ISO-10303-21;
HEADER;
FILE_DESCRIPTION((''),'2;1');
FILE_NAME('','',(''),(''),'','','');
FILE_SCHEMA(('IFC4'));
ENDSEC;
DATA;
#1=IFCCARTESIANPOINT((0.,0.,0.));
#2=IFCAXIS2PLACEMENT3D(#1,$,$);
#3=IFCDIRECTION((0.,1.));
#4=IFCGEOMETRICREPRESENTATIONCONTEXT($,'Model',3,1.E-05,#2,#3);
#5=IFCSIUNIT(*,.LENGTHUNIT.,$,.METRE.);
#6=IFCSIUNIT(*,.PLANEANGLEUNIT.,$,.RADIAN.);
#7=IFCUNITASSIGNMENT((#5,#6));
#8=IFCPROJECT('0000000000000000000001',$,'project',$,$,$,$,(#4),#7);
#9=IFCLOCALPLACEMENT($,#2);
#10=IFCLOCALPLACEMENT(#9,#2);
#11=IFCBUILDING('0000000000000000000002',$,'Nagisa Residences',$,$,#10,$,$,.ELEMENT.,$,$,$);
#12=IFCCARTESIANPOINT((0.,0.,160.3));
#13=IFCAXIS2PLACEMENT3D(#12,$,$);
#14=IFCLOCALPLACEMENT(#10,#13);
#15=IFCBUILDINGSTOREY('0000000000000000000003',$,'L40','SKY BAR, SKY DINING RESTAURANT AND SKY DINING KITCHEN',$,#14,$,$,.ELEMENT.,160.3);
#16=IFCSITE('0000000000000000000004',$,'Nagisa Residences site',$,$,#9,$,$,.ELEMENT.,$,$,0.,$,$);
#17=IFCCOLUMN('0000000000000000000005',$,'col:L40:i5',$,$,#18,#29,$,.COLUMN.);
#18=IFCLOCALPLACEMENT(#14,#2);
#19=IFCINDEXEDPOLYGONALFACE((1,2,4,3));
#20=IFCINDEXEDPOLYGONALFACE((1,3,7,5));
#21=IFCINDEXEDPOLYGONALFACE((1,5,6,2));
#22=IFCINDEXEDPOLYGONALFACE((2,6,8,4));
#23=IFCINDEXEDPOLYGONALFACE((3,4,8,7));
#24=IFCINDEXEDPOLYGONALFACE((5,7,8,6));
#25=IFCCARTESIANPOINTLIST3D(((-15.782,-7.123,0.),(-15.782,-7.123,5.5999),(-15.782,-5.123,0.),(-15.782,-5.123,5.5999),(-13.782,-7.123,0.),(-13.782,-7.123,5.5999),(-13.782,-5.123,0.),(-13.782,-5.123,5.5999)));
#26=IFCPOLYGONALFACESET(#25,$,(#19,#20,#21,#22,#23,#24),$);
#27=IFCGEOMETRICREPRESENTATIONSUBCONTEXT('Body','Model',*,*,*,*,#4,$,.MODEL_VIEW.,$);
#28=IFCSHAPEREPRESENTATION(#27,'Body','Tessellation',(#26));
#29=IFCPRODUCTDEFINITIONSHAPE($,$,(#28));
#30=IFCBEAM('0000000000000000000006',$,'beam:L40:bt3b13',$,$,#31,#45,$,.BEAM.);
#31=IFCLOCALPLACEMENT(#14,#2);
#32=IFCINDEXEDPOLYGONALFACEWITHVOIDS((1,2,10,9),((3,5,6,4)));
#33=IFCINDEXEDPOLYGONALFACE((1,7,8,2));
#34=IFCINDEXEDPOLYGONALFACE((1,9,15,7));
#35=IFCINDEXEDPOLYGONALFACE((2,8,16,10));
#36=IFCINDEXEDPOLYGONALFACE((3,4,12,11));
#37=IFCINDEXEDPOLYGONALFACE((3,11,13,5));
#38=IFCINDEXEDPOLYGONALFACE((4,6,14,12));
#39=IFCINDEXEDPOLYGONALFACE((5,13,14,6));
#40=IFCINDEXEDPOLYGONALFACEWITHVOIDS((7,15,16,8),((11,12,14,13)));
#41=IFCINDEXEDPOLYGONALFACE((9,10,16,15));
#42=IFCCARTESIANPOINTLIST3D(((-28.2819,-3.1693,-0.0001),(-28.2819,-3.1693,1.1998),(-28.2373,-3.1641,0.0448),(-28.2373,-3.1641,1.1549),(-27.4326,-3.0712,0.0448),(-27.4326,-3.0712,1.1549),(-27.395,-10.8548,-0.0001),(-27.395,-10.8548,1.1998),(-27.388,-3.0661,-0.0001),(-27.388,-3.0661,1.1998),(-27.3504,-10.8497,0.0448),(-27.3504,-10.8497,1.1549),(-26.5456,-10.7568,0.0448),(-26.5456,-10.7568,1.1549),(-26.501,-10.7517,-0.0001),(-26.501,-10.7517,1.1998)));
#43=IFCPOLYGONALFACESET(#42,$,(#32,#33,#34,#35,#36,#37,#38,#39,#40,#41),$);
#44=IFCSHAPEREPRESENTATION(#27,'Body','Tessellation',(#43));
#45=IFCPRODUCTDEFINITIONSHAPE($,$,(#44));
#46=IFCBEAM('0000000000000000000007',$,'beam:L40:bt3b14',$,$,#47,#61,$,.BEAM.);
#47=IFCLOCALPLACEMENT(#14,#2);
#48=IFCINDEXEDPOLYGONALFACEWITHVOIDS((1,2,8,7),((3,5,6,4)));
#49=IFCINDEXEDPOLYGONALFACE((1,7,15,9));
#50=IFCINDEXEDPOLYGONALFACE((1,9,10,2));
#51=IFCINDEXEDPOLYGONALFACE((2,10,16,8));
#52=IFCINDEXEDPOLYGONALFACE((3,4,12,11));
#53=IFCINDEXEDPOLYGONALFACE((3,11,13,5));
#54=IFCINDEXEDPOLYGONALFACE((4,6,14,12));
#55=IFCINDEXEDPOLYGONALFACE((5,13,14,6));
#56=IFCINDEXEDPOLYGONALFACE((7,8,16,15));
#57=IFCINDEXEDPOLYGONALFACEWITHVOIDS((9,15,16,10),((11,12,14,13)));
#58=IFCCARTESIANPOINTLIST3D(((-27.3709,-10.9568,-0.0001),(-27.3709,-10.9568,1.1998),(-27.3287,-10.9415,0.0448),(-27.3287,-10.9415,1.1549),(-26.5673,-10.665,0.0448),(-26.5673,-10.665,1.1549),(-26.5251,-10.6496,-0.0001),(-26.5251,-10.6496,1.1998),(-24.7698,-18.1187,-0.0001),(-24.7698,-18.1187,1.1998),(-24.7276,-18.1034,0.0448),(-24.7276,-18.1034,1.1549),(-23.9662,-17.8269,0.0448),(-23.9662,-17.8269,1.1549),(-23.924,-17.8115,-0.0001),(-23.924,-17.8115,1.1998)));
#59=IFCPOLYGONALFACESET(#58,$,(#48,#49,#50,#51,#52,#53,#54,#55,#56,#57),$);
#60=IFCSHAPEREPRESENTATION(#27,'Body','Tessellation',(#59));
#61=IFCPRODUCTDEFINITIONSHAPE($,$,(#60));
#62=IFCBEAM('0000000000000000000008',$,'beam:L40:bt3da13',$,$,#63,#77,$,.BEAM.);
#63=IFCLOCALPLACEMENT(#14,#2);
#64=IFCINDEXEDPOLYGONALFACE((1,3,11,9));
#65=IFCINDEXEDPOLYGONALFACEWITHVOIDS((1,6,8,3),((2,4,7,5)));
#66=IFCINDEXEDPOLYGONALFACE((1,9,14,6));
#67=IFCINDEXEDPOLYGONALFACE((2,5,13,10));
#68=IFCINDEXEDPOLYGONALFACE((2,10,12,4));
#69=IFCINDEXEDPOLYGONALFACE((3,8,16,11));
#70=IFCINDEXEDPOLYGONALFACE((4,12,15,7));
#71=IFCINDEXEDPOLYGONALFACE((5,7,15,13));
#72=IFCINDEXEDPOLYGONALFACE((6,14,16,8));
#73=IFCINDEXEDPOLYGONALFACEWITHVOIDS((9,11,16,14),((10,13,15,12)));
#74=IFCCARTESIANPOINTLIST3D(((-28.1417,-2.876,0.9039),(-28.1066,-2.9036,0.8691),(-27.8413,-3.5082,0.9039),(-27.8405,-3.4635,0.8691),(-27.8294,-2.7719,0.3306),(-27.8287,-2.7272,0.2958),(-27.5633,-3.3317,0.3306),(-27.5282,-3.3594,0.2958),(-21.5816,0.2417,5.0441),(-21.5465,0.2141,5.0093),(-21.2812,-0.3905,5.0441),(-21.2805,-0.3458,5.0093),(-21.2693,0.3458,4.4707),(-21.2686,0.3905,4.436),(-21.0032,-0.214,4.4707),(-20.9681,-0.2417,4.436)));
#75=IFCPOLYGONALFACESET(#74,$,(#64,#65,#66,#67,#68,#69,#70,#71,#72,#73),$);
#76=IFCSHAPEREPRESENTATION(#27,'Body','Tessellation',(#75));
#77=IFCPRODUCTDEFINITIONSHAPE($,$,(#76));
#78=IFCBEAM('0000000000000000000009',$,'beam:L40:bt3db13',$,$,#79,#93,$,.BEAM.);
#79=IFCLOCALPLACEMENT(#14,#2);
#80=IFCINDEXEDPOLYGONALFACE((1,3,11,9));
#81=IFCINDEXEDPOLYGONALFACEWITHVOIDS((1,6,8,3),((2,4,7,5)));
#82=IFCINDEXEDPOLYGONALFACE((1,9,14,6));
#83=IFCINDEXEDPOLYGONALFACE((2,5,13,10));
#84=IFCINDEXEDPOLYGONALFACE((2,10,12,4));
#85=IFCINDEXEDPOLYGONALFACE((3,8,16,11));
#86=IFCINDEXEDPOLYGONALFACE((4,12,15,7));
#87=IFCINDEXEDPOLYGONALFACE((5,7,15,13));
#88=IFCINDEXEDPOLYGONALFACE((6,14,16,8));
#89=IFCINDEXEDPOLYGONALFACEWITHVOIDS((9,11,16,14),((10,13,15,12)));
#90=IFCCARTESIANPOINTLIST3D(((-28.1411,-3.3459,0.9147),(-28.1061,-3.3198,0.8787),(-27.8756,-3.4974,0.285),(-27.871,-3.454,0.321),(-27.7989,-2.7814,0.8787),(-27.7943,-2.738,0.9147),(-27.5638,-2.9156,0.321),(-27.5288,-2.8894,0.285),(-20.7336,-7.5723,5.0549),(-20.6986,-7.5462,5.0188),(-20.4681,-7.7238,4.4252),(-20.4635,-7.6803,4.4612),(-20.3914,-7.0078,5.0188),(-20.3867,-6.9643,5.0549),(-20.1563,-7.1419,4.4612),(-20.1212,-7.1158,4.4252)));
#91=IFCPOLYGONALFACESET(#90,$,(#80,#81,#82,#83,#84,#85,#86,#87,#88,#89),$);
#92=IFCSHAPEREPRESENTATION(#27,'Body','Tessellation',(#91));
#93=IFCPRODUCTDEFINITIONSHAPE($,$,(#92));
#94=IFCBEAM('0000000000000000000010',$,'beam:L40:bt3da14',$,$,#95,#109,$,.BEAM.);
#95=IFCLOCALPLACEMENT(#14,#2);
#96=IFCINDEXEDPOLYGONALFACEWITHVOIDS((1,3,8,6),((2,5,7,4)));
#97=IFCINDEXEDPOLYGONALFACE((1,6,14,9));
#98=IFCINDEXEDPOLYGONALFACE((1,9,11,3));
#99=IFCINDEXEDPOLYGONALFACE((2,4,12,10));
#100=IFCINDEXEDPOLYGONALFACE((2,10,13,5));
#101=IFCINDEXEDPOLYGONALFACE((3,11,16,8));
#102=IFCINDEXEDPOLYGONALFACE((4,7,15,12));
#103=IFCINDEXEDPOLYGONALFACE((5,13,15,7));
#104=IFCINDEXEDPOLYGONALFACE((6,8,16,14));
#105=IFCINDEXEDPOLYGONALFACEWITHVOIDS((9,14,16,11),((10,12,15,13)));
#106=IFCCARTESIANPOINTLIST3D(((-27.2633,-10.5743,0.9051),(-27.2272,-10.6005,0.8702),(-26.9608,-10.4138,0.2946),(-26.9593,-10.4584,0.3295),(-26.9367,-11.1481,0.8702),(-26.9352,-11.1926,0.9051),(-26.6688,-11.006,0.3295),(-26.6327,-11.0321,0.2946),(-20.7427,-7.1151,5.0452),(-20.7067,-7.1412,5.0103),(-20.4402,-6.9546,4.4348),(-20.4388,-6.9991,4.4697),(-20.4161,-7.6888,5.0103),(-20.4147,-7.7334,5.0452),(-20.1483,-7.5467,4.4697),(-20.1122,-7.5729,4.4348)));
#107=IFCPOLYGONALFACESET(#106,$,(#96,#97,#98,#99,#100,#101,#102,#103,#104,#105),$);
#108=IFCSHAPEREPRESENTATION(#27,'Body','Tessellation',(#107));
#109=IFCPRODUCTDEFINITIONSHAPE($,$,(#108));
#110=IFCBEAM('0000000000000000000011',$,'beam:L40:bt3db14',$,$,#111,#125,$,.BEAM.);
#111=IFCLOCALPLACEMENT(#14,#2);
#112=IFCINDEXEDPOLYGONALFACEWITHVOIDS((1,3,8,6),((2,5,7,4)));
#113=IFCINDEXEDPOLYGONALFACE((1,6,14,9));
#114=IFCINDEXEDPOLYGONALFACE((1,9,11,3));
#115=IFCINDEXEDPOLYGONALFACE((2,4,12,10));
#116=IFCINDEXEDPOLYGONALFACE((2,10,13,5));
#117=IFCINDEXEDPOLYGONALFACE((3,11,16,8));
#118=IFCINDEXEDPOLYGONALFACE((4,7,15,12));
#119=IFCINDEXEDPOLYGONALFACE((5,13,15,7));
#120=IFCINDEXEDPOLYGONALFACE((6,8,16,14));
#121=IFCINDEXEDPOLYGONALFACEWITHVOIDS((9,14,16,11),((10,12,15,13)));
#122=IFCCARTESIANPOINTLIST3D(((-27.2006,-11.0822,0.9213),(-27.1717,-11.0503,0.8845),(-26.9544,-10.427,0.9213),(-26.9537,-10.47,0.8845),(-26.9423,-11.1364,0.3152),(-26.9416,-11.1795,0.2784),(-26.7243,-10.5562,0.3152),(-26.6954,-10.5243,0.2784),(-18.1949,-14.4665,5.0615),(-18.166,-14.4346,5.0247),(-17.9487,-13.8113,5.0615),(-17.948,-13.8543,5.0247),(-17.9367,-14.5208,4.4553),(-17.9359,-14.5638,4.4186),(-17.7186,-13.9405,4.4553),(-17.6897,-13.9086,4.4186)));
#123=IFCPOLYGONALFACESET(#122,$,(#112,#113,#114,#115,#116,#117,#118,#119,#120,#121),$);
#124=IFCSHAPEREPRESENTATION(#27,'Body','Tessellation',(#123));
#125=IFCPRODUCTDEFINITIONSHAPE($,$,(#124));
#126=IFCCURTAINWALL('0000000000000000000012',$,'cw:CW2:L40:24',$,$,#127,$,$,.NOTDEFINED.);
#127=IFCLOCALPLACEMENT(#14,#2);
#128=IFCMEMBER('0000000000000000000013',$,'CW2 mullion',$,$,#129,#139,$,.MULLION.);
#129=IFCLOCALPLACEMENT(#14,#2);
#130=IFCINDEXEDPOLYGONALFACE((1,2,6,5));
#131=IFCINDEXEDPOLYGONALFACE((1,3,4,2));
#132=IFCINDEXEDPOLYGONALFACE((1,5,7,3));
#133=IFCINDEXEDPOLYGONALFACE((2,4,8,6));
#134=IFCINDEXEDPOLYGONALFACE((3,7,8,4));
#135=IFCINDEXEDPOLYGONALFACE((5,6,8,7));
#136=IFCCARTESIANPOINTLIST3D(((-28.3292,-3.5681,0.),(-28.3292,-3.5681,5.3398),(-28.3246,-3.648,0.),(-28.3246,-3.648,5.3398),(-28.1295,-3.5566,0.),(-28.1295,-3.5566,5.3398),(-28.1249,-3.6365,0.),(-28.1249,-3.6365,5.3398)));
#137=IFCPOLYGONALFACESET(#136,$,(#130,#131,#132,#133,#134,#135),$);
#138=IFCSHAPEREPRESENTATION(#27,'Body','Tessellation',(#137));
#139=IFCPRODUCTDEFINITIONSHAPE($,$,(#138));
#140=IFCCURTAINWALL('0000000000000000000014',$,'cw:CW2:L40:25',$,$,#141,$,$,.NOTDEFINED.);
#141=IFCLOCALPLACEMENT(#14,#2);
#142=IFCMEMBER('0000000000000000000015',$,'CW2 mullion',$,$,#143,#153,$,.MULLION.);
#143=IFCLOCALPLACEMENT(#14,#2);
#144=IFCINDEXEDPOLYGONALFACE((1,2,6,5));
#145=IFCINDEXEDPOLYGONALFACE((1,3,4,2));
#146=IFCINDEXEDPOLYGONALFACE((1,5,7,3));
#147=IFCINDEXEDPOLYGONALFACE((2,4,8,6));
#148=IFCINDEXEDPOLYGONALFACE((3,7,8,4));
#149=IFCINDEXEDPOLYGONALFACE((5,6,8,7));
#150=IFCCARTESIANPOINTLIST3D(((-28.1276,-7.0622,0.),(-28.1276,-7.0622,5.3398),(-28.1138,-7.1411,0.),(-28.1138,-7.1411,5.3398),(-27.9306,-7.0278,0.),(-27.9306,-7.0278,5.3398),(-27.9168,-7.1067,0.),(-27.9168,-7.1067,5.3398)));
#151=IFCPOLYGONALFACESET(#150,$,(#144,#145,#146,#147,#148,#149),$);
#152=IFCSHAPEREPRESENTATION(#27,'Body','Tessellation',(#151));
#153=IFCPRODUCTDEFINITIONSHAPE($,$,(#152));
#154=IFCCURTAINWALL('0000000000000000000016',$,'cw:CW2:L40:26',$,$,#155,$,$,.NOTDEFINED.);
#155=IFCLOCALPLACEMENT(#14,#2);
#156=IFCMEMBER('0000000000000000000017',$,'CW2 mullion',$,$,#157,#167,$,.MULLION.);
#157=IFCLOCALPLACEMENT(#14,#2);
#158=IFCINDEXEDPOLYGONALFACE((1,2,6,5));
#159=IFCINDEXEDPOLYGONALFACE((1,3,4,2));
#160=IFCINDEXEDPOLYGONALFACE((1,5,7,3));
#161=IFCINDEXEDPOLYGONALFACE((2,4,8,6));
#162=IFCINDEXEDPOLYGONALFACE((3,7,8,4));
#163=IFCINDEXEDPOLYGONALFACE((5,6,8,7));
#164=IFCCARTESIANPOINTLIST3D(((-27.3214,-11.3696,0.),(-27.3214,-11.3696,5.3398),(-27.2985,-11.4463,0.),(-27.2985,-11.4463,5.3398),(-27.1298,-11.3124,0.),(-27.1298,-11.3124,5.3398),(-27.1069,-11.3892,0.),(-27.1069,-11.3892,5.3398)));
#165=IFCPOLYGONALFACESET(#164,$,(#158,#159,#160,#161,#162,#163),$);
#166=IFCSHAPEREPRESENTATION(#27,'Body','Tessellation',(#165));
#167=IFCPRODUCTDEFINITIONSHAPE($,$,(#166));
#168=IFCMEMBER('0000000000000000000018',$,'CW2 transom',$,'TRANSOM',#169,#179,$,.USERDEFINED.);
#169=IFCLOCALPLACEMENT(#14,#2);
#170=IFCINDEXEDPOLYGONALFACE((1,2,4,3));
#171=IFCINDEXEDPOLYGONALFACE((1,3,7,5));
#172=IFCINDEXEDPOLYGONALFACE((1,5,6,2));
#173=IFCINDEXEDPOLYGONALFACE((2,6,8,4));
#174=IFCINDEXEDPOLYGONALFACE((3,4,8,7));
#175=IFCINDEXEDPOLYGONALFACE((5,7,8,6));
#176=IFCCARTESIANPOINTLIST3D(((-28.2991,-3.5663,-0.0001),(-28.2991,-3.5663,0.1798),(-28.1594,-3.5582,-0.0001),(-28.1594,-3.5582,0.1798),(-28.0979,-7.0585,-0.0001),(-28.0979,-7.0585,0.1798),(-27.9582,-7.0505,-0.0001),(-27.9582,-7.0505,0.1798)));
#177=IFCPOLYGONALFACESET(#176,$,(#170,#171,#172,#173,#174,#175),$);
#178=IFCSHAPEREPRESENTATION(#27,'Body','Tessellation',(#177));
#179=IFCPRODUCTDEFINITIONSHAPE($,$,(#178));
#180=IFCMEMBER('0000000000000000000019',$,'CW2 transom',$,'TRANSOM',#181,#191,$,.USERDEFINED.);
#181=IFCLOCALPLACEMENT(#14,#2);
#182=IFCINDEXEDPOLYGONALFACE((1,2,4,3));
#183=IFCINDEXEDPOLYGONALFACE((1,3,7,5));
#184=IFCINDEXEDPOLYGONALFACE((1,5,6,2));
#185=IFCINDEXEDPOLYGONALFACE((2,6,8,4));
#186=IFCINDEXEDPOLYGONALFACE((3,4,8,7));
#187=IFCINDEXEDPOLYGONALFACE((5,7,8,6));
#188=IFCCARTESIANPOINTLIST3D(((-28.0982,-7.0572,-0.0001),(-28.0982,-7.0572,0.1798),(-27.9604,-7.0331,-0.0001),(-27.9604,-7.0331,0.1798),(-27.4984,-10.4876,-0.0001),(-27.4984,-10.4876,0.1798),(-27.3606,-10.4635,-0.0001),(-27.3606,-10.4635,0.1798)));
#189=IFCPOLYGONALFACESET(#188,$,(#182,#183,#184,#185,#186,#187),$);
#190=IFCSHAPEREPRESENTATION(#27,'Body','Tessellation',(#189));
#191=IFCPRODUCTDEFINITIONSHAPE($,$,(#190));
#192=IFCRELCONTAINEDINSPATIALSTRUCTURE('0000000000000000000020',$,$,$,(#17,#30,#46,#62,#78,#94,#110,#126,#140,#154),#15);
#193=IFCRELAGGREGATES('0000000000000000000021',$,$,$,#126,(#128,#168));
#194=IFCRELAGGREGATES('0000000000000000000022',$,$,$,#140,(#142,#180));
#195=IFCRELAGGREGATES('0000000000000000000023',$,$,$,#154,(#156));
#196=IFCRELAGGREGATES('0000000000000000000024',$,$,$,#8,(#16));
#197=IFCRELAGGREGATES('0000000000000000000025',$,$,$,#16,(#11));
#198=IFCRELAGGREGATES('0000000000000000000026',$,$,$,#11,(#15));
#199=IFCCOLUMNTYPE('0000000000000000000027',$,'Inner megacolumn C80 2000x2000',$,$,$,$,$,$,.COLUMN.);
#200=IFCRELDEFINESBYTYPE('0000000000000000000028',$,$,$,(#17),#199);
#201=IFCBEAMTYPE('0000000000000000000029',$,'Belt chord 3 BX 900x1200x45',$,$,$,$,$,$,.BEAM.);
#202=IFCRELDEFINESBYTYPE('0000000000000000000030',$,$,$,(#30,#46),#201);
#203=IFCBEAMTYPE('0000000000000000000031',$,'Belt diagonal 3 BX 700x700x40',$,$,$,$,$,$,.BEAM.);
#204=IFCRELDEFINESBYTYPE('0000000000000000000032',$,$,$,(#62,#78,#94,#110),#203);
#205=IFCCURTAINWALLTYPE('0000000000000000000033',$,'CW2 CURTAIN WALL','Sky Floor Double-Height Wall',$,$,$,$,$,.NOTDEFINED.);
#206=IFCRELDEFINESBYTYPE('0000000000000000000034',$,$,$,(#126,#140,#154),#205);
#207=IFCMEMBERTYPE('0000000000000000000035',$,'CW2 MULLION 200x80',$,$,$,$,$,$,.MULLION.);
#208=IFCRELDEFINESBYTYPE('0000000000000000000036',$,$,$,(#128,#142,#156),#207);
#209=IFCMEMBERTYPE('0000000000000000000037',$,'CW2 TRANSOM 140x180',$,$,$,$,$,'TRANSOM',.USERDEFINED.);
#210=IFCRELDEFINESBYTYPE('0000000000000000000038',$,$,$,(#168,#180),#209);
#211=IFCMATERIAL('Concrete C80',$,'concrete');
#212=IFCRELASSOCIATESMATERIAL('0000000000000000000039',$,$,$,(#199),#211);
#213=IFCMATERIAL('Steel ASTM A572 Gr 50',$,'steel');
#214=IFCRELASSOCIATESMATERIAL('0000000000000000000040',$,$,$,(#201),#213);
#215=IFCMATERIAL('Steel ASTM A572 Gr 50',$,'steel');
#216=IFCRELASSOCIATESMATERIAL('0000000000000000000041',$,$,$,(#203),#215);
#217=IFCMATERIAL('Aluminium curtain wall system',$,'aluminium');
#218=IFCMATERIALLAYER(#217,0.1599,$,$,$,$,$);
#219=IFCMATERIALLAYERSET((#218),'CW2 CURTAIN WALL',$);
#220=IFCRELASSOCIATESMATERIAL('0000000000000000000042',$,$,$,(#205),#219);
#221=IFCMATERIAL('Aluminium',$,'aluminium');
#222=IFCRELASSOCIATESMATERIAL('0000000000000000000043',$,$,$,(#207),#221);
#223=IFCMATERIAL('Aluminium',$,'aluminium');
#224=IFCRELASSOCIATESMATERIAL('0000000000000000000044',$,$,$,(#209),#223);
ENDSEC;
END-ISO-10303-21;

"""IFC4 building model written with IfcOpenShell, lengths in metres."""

from ifc_helpers import new_model, si_unit, direction, frame, origin, origin_2d, place, context, subcontext, project, spatial, rectangle, hollow_rectangle, extrude, material, layer, layer_set, material_profile, profile_set, type_object, element, aggregate, save


model = new_model("IFC4")

# Units and contexts
model_context = context("Model", 3, precision=1e-05, world=origin(), true_north=direction((0.0, 1.0)))
body_context = subcontext(model_context, "Body", "Model", "MODEL_VIEW")
ifc_project = project(units=[si_unit("LENGTHUNIT", "METRE"), si_unit("PLANEANGLEUNIT", "RADIAN")], contexts=[model_context])

# Site, building, storey
site_placement = place(None, origin())
site = spatial("IfcSite", under=ifc_project, at=site_placement, Name="Nagisa Residences site", CompositionType="ELEMENT", RefElevation=0.0)
building_placement = place(site_placement, origin())
building = spatial("IfcBuilding", under=site, at=building_placement, Name="Nagisa Residences", CompositionType="ELEMENT")
storey_placement = place(building_placement, frame((0.0, 0.0, 160.3)))
storey = spatial("IfcBuildingStorey", under=building, at=storey_placement, Name="L40", Description="SKY BAR, SKY DINING RESTAURANT AND SKY DINING KITCHEN", CompositionType="ELEMENT", Elevation=160.3)

# Column
ifc_material_1 = material(Name="Concrete C80", Category="concrete")
ifc_material_profile_1 = material_profile(ifc_material_1, rectangle(XDim=2.0, YDim=2.0, at=origin_2d()), Name="C80 2000x2000")
ifc_profile_set_1 = profile_set([ifc_material_profile_1], Name="Concrete C80")
column_type = type_object("IfcColumnType", Name="Inner megacolumn C80 2000x2000", PredefinedType="COLUMN", material=ifc_profile_set_1)
column_placement = place(storey_placement, frame((-14.782, -6.123, 0.0), z_axis=(0.0, 0.0, 1.0), x_axis=(1.0, 0.0, 0.0)))
element("IfcColumn", 1, at=column_placement, inside=storey, type_object=column_type, Name="col:L40:i5", PredefinedType="COLUMN", context=body_context, shape_type="SweptSolid", body=[
    extrude(rectangle(XDim=2.0, YDim=2.0, at=origin_2d()), origin(), (0.0, 0.0, 1.0), 5.5999),
])

# Beams
ifc_material_2 = material(Name="Steel ASTM A572 Gr 50", Category="steel")
ifc_material_profile_2 = material_profile(ifc_material_2, hollow_rectangle(XDim=0.8999, YDim=1.2, WallThickness=0.0449, at=origin_2d()), Name="BX 900x1200x45")
ifc_profile_set_2 = profile_set([ifc_material_profile_2], Name="Steel ASTM A572 Gr 50")
beam_type_1 = type_object("IfcBeamType", Name="Belt chord 3 BX 900x1200x45", PredefinedType="BEAM", material=ifc_profile_set_2)
beam_1_placement = place(storey_placement, frame((-27.835, -3.1177, 0.5999), z_axis=(0.114646, -0.993406, 0.0), x_axis=(0.993406, 0.114646, 0.0)))
element("IfcBeam", 2, at=beam_1_placement, inside=storey, type_object=beam_type_1, Name="beam:L40:bt3b13", PredefinedType="BEAM", context=body_context, shape_type="SweptSolid", body=[
    extrude(hollow_rectangle(XDim=0.8999, YDim=1.2, WallThickness=0.0449, at=origin_2d()), origin(), (0.0, 0.0, 1.0), 7.7366),
])
beam_2_placement = place(storey_placement, frame((-26.948, -10.8032, 0.5999), z_axis=(0.341367, -0.93993, 0.0), x_axis=(0.93993, 0.341367, 0.0)))
element("IfcBeam", 3, at=beam_2_placement, inside=storey, type_object=beam_type_1, Name="beam:L40:bt3b14", PredefinedType="BEAM", context=body_context, shape_type="SweptSolid", body=[
    extrude(hollow_rectangle(XDim=0.8999, YDim=1.2, WallThickness=0.0449, at=origin_2d()), origin(), (0.0, 0.0, 1.0), 7.6196),
])
ifc_material_3 = material(Name="Steel ASTM A572 Gr 50", Category="steel")
ifc_material_profile_3 = material_profile(ifc_material_3, hollow_rectangle(XDim=0.7, YDim=0.7, WallThickness=0.04, at=origin_2d()), Name="BX 700x700x40")
ifc_profile_set_3 = profile_set([ifc_material_profile_3], Name="Steel ASTM A572 Gr 50")
beam_type_2 = type_object("IfcBeamType", Name="Belt diagonal 3 BX 700x700x40", PredefinedType="BEAM", material=ifc_profile_set_3)
beam_3_placement = place(storey_placement, frame((-27.835, -3.1177, 0.5999), z_axis=(0.784666, 0.372913, 0.495213), x_axis=(-0.429242, 0.90319, 0.0)))
element("IfcBeam", 4, at=beam_3_placement, inside=storey, type_object=beam_type_2, Name="beam:L40:bt3da13", PredefinedType="BEAM", context=body_context, shape_type="SweptSolid", body=[
    extrude(hollow_rectangle(XDim=0.7, YDim=0.7, WallThickness=0.04, at=origin_2d()), origin(), (0.0, 0.0, 1.0), 8.3604),
])
beam_4_placement = place(storey_placement, frame((-27.835, -3.1177, 0.5999), z_axis=(0.781367, -0.445807, 0.436717), x_axis=(0.495562, 0.868572, 0.0)))
element("IfcBeam", 5, at=beam_4_placement, inside=storey, type_object=beam_type_2, Name="beam:L40:bt3db13", PredefinedType="BEAM", context=body_context, shape_type="SweptSolid", body=[
    extrude(hollow_rectangle(XDim=0.7, YDim=0.7, WallThickness=0.04, at=origin_2d()), origin(), (0.0, 0.0, 1.0), 9.4802),
])
beam_5_placement = place(storey_placement, frame((-26.948, -10.8032, 0.5999), z_axis=(0.770464, 0.408743, 0.489199), x_axis=(-0.468649, 0.883385, 0.0)))
element("IfcBeam", 6, at=beam_5_placement, inside=storey, type_object=beam_type_2, Name="beam:L40:bt3da14", PredefinedType="BEAM", context=body_context, shape_type="SweptSolid", body=[
    extrude(hollow_rectangle(XDim=0.7, YDim=0.7, WallThickness=0.04, at=origin_2d()), origin(), (0.0, 0.0, 1.0), 8.4631),
])
beam_6_placement = place(storey_placement, frame((-26.948, -10.8032, 0.5999), z_axis=(0.859844, -0.323126, 0.395295), x_axis=(0.351777, 0.936084, 0.0)))
element("IfcBeam", 7, at=beam_6_placement, inside=storey, type_object=beam_type_2, Name="beam:L40:bt3db14", PredefinedType="BEAM", context=body_context, shape_type="SweptSolid", body=[
    extrude(hollow_rectangle(XDim=0.7, YDim=0.7, WallThickness=0.04, at=origin_2d()), origin(), (0.0, 0.0, 1.0), 10.4736),
])

# Curtain walls, members
ifc_material_4 = material(Name="Aluminium curtain wall system", Category="aluminium")
ifc_layer_1 = layer(ifc_material_4, 0.1599)
ifc_layer_set_1 = layer_set([ifc_layer_1], Name="CW2 CURTAIN WALL")
curtain_wall_type = type_object("IfcCurtainWallType", Name="CW2 CURTAIN WALL", Description="Sky Floor Double-Height Wall", PredefinedType="NOTDEFINED", material=ifc_layer_set_1)
curtain_wall_1_placement = place(storey_placement, origin())
curtain_wall_1 = element("IfcCurtainWall", 8, at=curtain_wall_1_placement, inside=storey, type_object=curtain_wall_type, Name="cw:CW2:L40:24", PredefinedType="NOTDEFINED")
ifc_material_5 = material(Name="Aluminium", Category="aluminium")
ifc_material_profile_4 = material_profile(ifc_material_5, rectangle(XDim=0.2, YDim=0.0801, at=origin_2d()), Name="CW2 MULLION 200x80")
ifc_profile_set_4 = profile_set([ifc_material_profile_4], Name="Aluminium")
member_type_1 = type_object("IfcMemberType", Name="CW2 MULLION 200x80", PredefinedType="MULLION", material=ifc_profile_set_4)
member_1_placement = place(storey_placement, frame((-28.2271, -3.6023, 0.0), z_axis=(0.0, 0.0, 1.0), x_axis=(0.998345, 0.057503, 0.0)))
member_1 = element("IfcMember", 9, at=member_1_placement, type_object=member_type_1, Name="CW2 mullion", PredefinedType="MULLION", context=body_context, shape_type="SweptSolid", body=[
    extrude(rectangle(XDim=0.2, YDim=0.0801, at=origin_2d()), origin(), (0.0, 0.0, 1.0), 5.3398),
])
curtain_wall_2_placement = place(storey_placement, origin())
curtain_wall_2 = element("IfcCurtainWall", 10, at=curtain_wall_2_placement, inside=storey, type_object=curtain_wall_type, Name="cw:CW2:L40:25", PredefinedType="NOTDEFINED")
member_2_placement = place(storey_placement, frame((-28.0222, -7.0845, 0.0), z_axis=(0.0, 0.0, 1.0), x_axis=(0.985064, 0.172191, 0.0)))
member_2 = element("IfcMember", 11, at=member_2_placement, type_object=member_type_1, Name="CW2 mullion", PredefinedType="MULLION", context=body_context, shape_type="SweptSolid", body=[
    extrude(rectangle(XDim=0.2, YDim=0.0801, at=origin_2d()), origin(), (0.0, 0.0, 1.0), 5.3398),
])
curtain_wall_3_placement = place(storey_placement, origin())
curtain_wall_3 = element("IfcCurtainWall", 12, at=curtain_wall_3_placement, inside=storey, type_object=curtain_wall_type, Name="cw:CW2:L40:26", PredefinedType="NOTDEFINED")
member_3_placement = place(storey_placement, frame((-27.2141, -11.3794, 0.0), z_axis=(0.0, 0.0, 1.0), x_axis=(0.958271, 0.28586, 0.0)))
member_3 = element("IfcMember", 13, at=member_3_placement, type_object=member_type_1, Name="CW2 mullion", PredefinedType="MULLION", context=body_context, shape_type="SweptSolid", body=[
    extrude(rectangle(XDim=0.2, YDim=0.0801, at=origin_2d()), origin(), (0.0, 0.0, 1.0), 5.3398),
])

# Members
ifc_material_6 = material(Name="Aluminium", Category="aluminium")
ifc_material_profile_5 = material_profile(ifc_material_6, rectangle(XDim=0.1399, YDim=0.1799, at=origin_2d()), Name="CW2 TRANSOM 140x180")
ifc_profile_set_5 = profile_set([ifc_material_profile_5], Name="Aluminium")
member_type_2 = type_object("IfcMemberType", Name="CW2 TRANSOM 140x180", ElementType="TRANSOM", PredefinedType="USERDEFINED", material=ifc_profile_set_5)
member_4_placement = place(storey_placement, frame((-28.2292, -3.5623, 0.0898), z_axis=(0.057511, -0.998345, 0.0), x_axis=(0.998345, 0.057511, 0.0)))
member_4 = element("IfcMember", 14, at=member_4_placement, type_object=member_type_2, Name="CW2 transom", ObjectType="TRANSOM", PredefinedType="USERDEFINED", context=body_context, shape_type="SweptSolid", body=[
    extrude(rectangle(XDim=0.1399, YDim=0.1799, at=origin_2d()), origin(), (0.0, 0.0, 1.0), 3.498),
])
member_5_placement = place(storey_placement, frame((-28.0293, -7.0452, 0.0898), z_axis=(0.172249, -0.985053, 0.0), x_axis=(0.985053, 0.172249, 0.0)))
member_5 = element("IfcMember", 15, at=member_5_placement, type_object=member_type_2, Name="CW2 transom", ObjectType="TRANSOM", PredefinedType="USERDEFINED", context=body_context, shape_type="SweptSolid", body=[
    extrude(rectangle(XDim=0.1399, YDim=0.1799, at=origin_2d()), origin(), (0.0, 0.0, 1.0), 3.4824),
])

aggregate(curtain_wall_1, [member_1, member_4])
aggregate(curtain_wall_2, [member_2, member_5])
aggregate(curtain_wall_3, [member_3])

save(model, "model.ifc")
